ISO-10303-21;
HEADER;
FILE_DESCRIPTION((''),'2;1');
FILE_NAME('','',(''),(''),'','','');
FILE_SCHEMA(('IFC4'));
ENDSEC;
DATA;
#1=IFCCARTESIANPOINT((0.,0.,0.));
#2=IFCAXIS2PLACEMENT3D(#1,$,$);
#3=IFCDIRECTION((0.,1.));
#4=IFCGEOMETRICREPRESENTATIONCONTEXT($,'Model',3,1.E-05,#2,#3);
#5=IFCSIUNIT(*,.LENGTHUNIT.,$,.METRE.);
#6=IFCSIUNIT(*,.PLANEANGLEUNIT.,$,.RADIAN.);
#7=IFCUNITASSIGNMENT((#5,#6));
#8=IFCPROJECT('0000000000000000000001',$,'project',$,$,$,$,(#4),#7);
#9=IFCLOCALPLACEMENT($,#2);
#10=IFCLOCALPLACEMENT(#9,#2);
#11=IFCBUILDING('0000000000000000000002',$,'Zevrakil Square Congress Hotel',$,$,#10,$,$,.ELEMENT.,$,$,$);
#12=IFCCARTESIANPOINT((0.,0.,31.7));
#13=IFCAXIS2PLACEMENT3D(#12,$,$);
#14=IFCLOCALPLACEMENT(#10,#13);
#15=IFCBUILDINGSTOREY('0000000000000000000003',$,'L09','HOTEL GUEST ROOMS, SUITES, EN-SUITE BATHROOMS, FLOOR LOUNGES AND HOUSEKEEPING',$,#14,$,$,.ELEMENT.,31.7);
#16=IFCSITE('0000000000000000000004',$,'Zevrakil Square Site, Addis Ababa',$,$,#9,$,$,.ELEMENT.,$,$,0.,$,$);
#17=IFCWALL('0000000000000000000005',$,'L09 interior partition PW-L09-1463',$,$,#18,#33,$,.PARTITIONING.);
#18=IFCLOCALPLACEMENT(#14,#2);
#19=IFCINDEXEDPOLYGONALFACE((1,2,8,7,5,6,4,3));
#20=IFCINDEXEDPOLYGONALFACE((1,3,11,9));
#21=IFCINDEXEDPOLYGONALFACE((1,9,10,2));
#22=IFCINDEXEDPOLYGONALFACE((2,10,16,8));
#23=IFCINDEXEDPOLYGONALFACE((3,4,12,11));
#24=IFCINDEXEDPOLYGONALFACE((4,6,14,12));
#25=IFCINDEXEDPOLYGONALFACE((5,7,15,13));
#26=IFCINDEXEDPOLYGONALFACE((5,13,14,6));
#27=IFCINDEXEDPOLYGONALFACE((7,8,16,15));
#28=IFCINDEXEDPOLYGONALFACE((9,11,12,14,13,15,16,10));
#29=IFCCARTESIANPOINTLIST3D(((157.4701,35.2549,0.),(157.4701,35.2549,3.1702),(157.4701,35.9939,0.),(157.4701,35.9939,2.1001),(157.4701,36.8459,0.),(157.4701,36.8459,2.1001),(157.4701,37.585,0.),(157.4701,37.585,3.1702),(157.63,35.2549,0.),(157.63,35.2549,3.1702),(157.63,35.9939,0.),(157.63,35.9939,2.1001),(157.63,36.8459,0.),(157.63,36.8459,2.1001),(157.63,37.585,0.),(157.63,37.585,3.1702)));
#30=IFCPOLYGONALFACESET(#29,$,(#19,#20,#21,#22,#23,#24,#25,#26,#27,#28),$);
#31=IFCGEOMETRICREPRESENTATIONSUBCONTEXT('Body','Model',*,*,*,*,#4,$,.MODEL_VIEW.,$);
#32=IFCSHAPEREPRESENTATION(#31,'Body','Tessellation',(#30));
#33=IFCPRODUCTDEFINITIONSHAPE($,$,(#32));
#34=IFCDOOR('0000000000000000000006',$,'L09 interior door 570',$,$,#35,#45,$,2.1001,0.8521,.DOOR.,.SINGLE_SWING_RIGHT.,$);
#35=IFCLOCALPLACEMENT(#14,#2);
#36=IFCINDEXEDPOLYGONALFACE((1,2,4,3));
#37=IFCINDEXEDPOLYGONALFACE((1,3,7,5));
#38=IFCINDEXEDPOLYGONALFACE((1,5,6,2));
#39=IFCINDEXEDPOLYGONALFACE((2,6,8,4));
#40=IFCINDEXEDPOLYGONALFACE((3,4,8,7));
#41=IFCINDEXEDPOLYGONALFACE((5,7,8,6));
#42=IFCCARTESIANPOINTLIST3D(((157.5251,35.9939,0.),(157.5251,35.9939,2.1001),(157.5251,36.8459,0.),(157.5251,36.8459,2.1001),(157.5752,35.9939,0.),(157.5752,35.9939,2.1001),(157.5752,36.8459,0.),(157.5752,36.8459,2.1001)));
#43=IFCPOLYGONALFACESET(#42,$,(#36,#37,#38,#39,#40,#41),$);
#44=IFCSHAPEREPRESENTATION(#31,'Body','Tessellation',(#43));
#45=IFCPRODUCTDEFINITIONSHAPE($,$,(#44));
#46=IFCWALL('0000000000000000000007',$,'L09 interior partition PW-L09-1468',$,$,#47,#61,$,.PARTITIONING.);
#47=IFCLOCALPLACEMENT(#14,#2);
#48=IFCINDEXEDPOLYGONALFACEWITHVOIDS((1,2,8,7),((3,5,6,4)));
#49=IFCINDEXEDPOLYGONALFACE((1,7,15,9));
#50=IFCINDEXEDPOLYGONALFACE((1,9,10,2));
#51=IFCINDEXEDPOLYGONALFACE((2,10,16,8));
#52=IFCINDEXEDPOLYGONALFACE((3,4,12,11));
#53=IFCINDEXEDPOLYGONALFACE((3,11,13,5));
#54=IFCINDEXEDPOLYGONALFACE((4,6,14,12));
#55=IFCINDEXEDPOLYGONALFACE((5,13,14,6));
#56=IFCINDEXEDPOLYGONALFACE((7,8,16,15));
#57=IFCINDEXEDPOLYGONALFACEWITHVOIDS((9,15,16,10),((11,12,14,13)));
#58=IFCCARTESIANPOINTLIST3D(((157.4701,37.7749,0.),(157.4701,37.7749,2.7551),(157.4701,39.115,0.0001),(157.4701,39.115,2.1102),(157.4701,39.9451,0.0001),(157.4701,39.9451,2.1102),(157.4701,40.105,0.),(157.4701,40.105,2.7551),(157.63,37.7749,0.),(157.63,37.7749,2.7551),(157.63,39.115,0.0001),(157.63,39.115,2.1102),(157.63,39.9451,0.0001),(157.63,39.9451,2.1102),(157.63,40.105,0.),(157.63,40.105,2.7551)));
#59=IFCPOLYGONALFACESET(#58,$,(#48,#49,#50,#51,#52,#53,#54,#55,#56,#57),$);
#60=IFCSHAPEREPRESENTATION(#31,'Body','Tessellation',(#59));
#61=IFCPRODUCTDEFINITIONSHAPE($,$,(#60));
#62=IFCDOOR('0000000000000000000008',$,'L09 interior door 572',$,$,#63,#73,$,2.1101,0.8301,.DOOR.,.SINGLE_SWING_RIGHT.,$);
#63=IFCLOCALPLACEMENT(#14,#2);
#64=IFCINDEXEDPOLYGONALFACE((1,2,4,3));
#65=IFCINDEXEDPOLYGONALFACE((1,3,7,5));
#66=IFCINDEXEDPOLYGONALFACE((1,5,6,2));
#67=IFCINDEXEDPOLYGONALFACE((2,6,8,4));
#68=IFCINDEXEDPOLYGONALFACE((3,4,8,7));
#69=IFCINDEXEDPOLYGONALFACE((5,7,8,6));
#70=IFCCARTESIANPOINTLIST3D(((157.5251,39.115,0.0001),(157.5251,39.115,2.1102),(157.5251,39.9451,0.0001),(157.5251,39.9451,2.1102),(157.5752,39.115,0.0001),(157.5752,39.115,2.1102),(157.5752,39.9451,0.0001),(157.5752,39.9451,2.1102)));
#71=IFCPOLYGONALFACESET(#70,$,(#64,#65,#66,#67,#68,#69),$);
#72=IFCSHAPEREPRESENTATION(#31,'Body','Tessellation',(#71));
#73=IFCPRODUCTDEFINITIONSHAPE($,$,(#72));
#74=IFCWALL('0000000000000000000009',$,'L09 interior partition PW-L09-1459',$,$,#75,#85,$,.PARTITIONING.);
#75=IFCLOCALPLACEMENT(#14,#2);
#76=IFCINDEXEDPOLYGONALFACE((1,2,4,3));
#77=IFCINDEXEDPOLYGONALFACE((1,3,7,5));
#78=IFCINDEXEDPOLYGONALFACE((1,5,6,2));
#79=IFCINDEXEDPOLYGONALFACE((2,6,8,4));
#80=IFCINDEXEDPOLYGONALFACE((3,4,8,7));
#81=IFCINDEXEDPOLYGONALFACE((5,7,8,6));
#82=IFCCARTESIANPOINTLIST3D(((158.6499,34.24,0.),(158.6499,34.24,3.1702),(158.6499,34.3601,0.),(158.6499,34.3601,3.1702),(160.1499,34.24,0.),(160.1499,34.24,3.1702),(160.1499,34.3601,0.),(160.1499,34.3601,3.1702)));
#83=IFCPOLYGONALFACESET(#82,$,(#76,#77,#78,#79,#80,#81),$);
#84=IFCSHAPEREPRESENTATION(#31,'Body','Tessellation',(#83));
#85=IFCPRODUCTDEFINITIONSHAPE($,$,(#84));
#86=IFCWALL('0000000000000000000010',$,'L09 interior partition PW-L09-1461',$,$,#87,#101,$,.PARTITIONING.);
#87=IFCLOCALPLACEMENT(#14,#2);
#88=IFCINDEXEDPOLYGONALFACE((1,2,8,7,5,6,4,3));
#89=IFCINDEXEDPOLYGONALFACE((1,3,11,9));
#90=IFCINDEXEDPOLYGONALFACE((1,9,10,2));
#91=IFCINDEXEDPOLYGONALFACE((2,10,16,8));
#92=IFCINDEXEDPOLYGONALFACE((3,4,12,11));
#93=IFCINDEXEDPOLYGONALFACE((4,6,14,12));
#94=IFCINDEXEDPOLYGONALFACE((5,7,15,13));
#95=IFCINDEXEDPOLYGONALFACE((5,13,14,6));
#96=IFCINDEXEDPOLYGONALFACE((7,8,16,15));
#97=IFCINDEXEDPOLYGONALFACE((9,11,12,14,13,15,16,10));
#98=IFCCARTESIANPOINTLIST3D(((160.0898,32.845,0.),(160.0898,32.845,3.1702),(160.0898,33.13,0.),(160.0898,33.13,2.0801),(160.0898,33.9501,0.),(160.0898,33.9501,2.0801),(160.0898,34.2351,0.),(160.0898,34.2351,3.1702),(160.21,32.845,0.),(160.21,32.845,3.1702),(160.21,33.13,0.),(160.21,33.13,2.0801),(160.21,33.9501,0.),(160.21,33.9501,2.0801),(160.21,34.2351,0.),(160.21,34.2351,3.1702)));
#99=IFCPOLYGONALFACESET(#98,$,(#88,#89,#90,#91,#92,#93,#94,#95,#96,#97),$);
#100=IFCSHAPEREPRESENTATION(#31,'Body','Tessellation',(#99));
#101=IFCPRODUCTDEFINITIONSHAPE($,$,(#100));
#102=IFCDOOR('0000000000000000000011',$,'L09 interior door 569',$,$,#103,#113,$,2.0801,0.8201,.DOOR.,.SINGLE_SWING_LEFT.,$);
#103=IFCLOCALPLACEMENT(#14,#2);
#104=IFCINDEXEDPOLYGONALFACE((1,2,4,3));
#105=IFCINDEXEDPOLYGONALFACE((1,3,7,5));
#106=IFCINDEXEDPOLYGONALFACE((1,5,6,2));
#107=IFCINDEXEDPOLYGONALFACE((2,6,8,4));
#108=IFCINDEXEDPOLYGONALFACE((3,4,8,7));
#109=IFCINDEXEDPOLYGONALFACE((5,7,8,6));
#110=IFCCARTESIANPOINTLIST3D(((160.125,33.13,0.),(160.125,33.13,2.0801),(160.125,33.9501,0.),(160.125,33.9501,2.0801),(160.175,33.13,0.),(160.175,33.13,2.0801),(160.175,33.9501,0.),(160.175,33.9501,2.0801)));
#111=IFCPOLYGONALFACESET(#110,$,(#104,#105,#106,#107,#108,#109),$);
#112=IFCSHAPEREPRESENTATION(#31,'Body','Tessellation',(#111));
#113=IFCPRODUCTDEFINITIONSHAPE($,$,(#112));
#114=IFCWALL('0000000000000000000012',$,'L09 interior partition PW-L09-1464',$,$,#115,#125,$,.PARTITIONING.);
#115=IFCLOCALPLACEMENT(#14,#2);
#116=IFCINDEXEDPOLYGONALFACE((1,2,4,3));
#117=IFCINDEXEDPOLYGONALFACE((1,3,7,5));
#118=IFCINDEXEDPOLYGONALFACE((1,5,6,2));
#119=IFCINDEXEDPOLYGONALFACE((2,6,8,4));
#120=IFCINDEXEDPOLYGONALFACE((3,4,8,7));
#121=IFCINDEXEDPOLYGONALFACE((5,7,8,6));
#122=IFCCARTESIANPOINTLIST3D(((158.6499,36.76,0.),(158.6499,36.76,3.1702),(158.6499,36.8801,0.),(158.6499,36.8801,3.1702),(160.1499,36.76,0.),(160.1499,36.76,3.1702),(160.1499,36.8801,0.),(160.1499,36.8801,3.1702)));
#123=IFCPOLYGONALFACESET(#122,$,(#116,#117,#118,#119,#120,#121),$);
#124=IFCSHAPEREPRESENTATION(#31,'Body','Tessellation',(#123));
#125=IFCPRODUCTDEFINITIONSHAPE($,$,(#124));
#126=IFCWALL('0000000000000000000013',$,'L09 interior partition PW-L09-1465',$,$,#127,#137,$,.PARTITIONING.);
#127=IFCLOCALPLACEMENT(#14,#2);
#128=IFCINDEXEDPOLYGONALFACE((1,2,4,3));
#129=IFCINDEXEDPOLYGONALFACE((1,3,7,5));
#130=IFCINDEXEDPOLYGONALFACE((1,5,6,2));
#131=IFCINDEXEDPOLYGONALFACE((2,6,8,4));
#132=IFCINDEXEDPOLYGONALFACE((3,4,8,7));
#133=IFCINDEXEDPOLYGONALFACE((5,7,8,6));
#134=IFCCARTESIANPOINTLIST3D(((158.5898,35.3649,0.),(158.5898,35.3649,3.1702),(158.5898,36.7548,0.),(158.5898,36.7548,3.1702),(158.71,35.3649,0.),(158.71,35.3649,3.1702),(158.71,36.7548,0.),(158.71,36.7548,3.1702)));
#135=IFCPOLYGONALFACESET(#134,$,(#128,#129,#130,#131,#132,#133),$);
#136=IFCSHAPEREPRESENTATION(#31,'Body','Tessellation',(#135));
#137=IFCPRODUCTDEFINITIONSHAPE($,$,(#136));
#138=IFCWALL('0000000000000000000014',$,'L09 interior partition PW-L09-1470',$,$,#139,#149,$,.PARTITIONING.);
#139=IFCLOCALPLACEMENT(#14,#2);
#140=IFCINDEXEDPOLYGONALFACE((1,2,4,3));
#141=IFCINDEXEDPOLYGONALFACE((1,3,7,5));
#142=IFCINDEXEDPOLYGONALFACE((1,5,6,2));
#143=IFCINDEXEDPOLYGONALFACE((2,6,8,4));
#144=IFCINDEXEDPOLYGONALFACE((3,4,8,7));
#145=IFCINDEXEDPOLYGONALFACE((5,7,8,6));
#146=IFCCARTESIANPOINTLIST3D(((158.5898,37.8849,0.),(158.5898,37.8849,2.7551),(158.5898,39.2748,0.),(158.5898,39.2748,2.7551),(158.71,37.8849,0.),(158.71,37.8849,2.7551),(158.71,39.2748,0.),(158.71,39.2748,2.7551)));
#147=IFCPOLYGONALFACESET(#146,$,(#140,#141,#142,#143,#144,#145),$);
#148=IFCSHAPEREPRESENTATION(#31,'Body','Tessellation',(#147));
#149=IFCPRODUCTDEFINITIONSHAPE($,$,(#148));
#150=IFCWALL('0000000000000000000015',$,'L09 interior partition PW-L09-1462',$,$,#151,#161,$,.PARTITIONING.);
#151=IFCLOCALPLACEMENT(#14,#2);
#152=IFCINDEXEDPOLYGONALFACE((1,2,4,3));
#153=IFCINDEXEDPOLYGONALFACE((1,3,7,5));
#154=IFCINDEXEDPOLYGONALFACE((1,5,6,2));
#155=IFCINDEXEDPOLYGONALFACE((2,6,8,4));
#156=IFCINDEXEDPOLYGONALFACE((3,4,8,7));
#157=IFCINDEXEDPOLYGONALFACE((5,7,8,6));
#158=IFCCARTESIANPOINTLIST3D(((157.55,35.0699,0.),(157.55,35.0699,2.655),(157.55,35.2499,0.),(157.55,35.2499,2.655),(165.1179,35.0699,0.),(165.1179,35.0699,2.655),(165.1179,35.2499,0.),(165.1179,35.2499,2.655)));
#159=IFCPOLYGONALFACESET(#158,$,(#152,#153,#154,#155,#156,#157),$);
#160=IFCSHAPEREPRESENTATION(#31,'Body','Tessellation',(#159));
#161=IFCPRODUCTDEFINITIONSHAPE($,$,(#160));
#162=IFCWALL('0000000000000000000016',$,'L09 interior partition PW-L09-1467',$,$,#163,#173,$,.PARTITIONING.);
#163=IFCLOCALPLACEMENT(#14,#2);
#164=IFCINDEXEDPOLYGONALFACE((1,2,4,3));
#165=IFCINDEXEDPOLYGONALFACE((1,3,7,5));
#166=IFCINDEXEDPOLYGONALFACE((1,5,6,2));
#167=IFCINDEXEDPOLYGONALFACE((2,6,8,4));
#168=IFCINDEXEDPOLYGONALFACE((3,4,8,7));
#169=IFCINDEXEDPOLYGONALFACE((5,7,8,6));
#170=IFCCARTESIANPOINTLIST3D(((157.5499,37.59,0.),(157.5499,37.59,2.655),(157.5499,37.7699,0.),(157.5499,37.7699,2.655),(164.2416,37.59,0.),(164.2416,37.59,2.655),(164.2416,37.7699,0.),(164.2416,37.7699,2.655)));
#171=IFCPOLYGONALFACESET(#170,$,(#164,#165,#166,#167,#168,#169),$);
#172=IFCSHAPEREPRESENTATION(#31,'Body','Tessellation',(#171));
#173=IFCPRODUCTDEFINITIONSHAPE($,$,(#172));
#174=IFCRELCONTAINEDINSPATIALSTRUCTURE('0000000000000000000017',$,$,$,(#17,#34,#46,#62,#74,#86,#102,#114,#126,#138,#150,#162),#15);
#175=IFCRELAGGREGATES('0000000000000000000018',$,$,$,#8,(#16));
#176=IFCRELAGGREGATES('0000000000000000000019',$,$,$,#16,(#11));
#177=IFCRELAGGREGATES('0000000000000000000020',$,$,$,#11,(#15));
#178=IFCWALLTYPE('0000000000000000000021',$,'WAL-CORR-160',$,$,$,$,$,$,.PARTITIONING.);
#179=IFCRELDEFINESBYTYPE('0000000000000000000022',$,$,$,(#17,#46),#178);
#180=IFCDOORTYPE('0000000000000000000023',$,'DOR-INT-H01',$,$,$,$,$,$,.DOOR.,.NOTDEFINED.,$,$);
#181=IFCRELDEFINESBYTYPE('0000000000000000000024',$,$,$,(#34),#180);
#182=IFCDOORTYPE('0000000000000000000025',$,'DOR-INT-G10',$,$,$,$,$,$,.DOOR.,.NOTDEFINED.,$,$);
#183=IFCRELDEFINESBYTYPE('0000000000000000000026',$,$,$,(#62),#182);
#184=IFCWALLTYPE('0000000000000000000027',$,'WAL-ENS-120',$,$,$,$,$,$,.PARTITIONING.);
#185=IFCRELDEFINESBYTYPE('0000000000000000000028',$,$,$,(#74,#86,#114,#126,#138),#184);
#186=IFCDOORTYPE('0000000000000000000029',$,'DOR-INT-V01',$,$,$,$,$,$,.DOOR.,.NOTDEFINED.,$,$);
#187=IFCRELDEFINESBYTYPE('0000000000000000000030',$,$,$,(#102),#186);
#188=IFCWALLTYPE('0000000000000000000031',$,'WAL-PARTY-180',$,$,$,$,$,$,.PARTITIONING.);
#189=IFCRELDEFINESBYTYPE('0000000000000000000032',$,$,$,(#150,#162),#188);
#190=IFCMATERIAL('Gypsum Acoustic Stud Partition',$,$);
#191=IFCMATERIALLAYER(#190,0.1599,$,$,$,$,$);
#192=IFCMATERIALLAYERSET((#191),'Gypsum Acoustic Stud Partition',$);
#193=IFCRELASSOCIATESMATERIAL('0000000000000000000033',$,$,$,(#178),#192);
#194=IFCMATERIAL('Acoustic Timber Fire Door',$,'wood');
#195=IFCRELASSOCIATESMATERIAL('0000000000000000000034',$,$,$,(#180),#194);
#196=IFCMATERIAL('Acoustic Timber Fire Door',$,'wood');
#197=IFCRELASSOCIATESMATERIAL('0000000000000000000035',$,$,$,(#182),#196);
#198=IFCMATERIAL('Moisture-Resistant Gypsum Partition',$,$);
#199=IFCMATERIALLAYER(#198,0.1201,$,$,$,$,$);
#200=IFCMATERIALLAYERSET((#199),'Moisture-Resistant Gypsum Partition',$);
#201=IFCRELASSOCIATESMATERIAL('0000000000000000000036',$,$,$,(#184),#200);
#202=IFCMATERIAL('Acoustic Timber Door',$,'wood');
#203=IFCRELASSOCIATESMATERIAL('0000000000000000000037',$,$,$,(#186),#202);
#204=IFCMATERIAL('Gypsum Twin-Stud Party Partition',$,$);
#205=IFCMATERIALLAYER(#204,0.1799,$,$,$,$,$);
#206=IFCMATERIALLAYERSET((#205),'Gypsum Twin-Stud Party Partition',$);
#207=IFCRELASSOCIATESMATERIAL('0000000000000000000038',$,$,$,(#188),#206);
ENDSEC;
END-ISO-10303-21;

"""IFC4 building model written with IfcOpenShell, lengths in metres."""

from ifc_helpers import new_model, si_unit, direction, frame, frame_2d, origin, place, context, subcontext, project, spatial, rectangle, extrude, material, layer, layer_set, type_object, element, fill, save


model = new_model("IFC4")

# Units and contexts
model_context = context("Model", 3, precision=1e-05, world=origin(), true_north=direction((0.0, 1.0)))
body_context = subcontext(model_context, "Body", "Model", "MODEL_VIEW")
ifc_project = project(units=[si_unit("LENGTHUNIT", "METRE"), si_unit("PLANEANGLEUNIT", "RADIAN")], contexts=[model_context])

# Site, building, storey
site_placement = place(None, origin())
site = spatial("IfcSite", under=ifc_project, at=site_placement, Name="Zevrakil Square Site, Addis Ababa", CompositionType="ELEMENT", RefElevation=0.0)
building_placement = place(site_placement, origin())
building = spatial("IfcBuilding", under=site, at=building_placement, Name="Zevrakil Square Congress Hotel", CompositionType="ELEMENT")
storey_placement = place(building_placement, frame((0.0, 0.0, 31.7)))
storey = spatial("IfcBuildingStorey", under=building, at=storey_placement, Name="L09", Description="HOTEL GUEST ROOMS, SUITES, EN-SUITE BATHROOMS, FLOOR LOUNGES AND HOUSEKEEPING", CompositionType="ELEMENT", Elevation=31.7)

# Walls, openings, doors
ifc_material_1 = material(Name="Gypsum Acoustic Stud Partition")
ifc_layer_1 = layer(ifc_material_1, 0.1599)
ifc_layer_set_1 = layer_set([ifc_layer_1], Name="Gypsum Acoustic Stud Partition")
wall_type_1 = type_object("IfcWallType", Name="WAL-CORR-160", PredefinedType="PARTITIONING", material=ifc_layer_set_1)
wall_1_placement = place(storey_placement, frame((157.55, 35.2549, 0.0), z_axis=(0.0, 0.0, 1.0), x_axis=(0.0, 1.0, 0.0)))
wall_1 = element("IfcWall", 1, at=wall_1_placement, inside=storey, type_object=wall_type_1, Name="L09 interior partition PW-L09-1463", PredefinedType="PARTITIONING", context=body_context, shape_type="SweptSolid", body=[
    extrude(rectangle(XDim=2.3301, YDim=0.1599, at=frame_2d((1.165, 0.0))), origin(), (0.0, 0.0, 1.0), 3.1702),
])
opening_1_placement = place(wall_1_placement, frame((0.739, 0.0, 0.0)))
opening_1 = element("IfcOpeningElement", 2, at=opening_1_placement, cuts=wall_1, PredefinedType="OPENING", context=body_context, shape_type="SweptSolid", body=[
    extrude(rectangle(XDim=0.8521, YDim=2.1001, at=frame_2d((0.426, 1.05))), frame((0.0, 0.0898, 0.0), z_axis=(0.0, -1.0, 0.0), x_axis=(1.0, 0.0, 0.0)), (0.0, 0.0, 1.0), 0.1799),
])
ifc_material_2 = material(Name="Acoustic Timber Fire Door", Category="wood")
door_type_1 = type_object("IfcDoorType", Name="DOR-INT-H01", OperationType="NOTDEFINED", PredefinedType="DOOR", material=ifc_material_2)
door_1_placement = place(opening_1_placement, origin())
door_1 = element("IfcDoor", 3, at=door_1_placement, inside=storey, type_object=door_type_1, Name="L09 interior door 570", OperationType="SINGLE_SWING_RIGHT", OverallHeight=2.1001, OverallWidth=0.8521, PredefinedType="DOOR", context=body_context, shape_type="SweptSolid", body=[
    extrude(rectangle(XDim=0.8521, YDim=2.1001, at=frame_2d((0.426, 1.05))), frame((0.0, 0.0249, 0.0), z_axis=(0.0, -1.0, 0.0), x_axis=(1.0, 0.0, 0.0)), (0.0, 0.0, 1.0), 0.05),
])
fill(opening_1, door_1)
wall_2_placement = place(storey_placement, frame((157.55, 37.7749, 0.0), z_axis=(0.0, 0.0, 1.0), x_axis=(0.0, 1.0, 0.0)))
wall_2 = element("IfcWall", 4, at=wall_2_placement, inside=storey, type_object=wall_type_1, Name="L09 interior partition PW-L09-1468", PredefinedType="PARTITIONING", context=body_context, shape_type="SweptSolid", body=[
    extrude(rectangle(XDim=2.3301, YDim=0.1599, at=frame_2d((1.165, 0.0))), origin(), (0.0, 0.0, 1.0), 2.7551),
])
opening_2_placement = place(wall_2_placement, frame((1.3401, 0.0, 0.0)))
opening_2 = element("IfcOpeningElement", 5, at=opening_2_placement, cuts=wall_2, PredefinedType="OPENING", context=body_context, shape_type="SweptSolid", body=[
    extrude(rectangle(XDim=0.8301, YDim=2.1101, at=frame_2d((0.415, 1.0552))), frame((0.0, 0.0898, 0.0), z_axis=(0.0, -1.0, 0.0), x_axis=(1.0, 0.0, 0.0)), (0.0, 0.0, 1.0), 0.1799),
])
ifc_material_3 = material(Name="Acoustic Timber Fire Door", Category="wood")
door_type_2 = type_object("IfcDoorType", Name="DOR-INT-G10", OperationType="NOTDEFINED", PredefinedType="DOOR", material=ifc_material_3)
door_2_placement = place(opening_2_placement, origin())
door_2 = element("IfcDoor", 6, at=door_2_placement, inside=storey, type_object=door_type_2, Name="L09 interior door 572", OperationType="SINGLE_SWING_RIGHT", OverallHeight=2.1101, OverallWidth=0.8301, PredefinedType="DOOR", context=body_context, shape_type="SweptSolid", body=[
    extrude(rectangle(XDim=0.8301, YDim=2.1101, at=frame_2d((0.415, 1.0552))), frame((0.0, 0.0249, 0.0), z_axis=(0.0, -1.0, 0.0), x_axis=(1.0, 0.0, 0.0)), (0.0, 0.0, 1.0), 0.05),
])
fill(opening_2, door_2)

# Wall
ifc_material_4 = material(Name="Moisture-Resistant Gypsum Partition")
ifc_layer_2 = layer(ifc_material_4, 0.1201)
ifc_layer_set_2 = layer_set([ifc_layer_2], Name="Moisture-Resistant Gypsum Partition")
wall_type_2 = type_object("IfcWallType", Name="WAL-ENS-120", PredefinedType="PARTITIONING", material=ifc_layer_set_2)
wall_3_placement = place(storey_placement, frame((158.6499, 34.3, 0.0), z_axis=(0.0, 0.0, 1.0), x_axis=(1.0, 0.0, 0.0)))
element("IfcWall", 7, at=wall_3_placement, inside=storey, type_object=wall_type_2, Name="L09 interior partition PW-L09-1459", PredefinedType="PARTITIONING", context=body_context, shape_type="SweptSolid", body=[
    extrude(rectangle(XDim=1.5, YDim=0.1201, at=frame_2d((0.75, 0.0))), origin(), (0.0, 0.0, 1.0), 3.1702),
])

# Wall, opening, door
wall_4_placement = place(storey_placement, frame((160.1499, 32.845, 0.0), z_axis=(0.0, 0.0, 1.0), x_axis=(0.0, 1.0, 0.0)))
wall_4 = element("IfcWall", 8, at=wall_4_placement, inside=storey, type_object=wall_type_2, Name="L09 interior partition PW-L09-1461", PredefinedType="PARTITIONING", context=body_context, shape_type="SweptSolid", body=[
    extrude(rectangle(XDim=1.3901, YDim=0.1201, at=frame_2d((0.6951, 0.0))), origin(), (0.0, 0.0, 1.0), 3.1702),
])
opening_3_placement = place(wall_4_placement, frame((0.2849, 0.0, 0.0)))
opening_3 = element("IfcOpeningElement", 9, at=opening_3_placement, cuts=wall_4, PredefinedType="OPENING", context=body_context, shape_type="SweptSolid", body=[
    extrude(rectangle(XDim=0.8201, YDim=2.0801, at=frame_2d((0.4102, 1.04))), frame((0.0, 0.0701, 0.0), z_axis=(0.0, -1.0, 0.0), x_axis=(1.0, 0.0, 0.0)), (0.0, 0.0, 1.0), 0.1401),
])
ifc_material_5 = material(Name="Acoustic Timber Door", Category="wood")
door_type_3 = type_object("IfcDoorType", Name="DOR-INT-V01", OperationType="NOTDEFINED", PredefinedType="DOOR", material=ifc_material_5)
door_3_placement = place(opening_3_placement, origin())
door_3 = element("IfcDoor", 10, at=door_3_placement, inside=storey, type_object=door_type_3, Name="L09 interior door 569", OperationType="SINGLE_SWING_LEFT", OverallHeight=2.0801, OverallWidth=0.8201, PredefinedType="DOOR", context=body_context, shape_type="SweptSolid", body=[
    extrude(rectangle(XDim=0.8201, YDim=2.0801, at=frame_2d((0.4102, 1.04))), frame((0.0, 0.0249, 0.0), z_axis=(0.0, -1.0, 0.0), x_axis=(1.0, 0.0, 0.0)), (0.0, 0.0, 1.0), 0.05),
])
fill(opening_3, door_3)

# Walls
wall_5_placement = place(storey_placement, frame((158.6499, 36.8201, 0.0), z_axis=(0.0, 0.0, 1.0), x_axis=(1.0, 0.0, 0.0)))
element("IfcWall", 11, at=wall_5_placement, inside=storey, type_object=wall_type_2, Name="L09 interior partition PW-L09-1464", PredefinedType="PARTITIONING", context=body_context, shape_type="SweptSolid", body=[
    extrude(rectangle(XDim=1.5, YDim=0.1201, at=frame_2d((0.75, 0.0))), origin(), (0.0, 0.0, 1.0), 3.1702),
])
wall_6_placement = place(storey_placement, frame((158.6499, 35.365, 0.0), z_axis=(0.0, 0.0, 1.0), x_axis=(0.0, 1.0, 0.0)))
element("IfcWall", 12, at=wall_6_placement, inside=storey, type_object=wall_type_2, Name="L09 interior partition PW-L09-1465", PredefinedType="PARTITIONING", context=body_context, shape_type="SweptSolid", body=[
    extrude(rectangle(XDim=1.3899, YDim=0.1201, at=frame_2d((0.6948, 0.0))), origin(), (0.0, 0.0, 1.0), 3.1702),
])
wall_7_placement = place(storey_placement, frame((158.6499, 37.885, 0.0), z_axis=(0.0, 0.0, 1.0), x_axis=(0.0, 1.0, 0.0)))
element("IfcWall", 13, at=wall_7_placement, inside=storey, type_object=wall_type_2, Name="L09 interior partition PW-L09-1470", PredefinedType="PARTITIONING", context=body_context, shape_type="SweptSolid", body=[
    extrude(rectangle(XDim=1.3899, YDim=0.1201, at=frame_2d((0.6948, 0.0))), origin(), (0.0, 0.0, 1.0), 2.7551),
])
ifc_material_6 = material(Name="Gypsum Twin-Stud Party Partition")
ifc_layer_3 = layer(ifc_material_6, 0.1799)
ifc_layer_set_3 = layer_set([ifc_layer_3], Name="Gypsum Twin-Stud Party Partition")
wall_type_3 = type_object("IfcWallType", Name="WAL-PARTY-180", PredefinedType="PARTITIONING", material=ifc_layer_set_3)
wall_8_placement = place(storey_placement, frame((157.55, 35.1599, 0.0), z_axis=(0.0, 0.0, 1.0), x_axis=(1.0, 0.0, 0.0)))
element("IfcWall", 14, at=wall_8_placement, inside=storey, type_object=wall_type_3, Name="L09 interior partition PW-L09-1462", PredefinedType="PARTITIONING", context=body_context, shape_type="SweptSolid", body=[
    extrude(rectangle(XDim=7.5679, YDim=0.1799, at=frame_2d((3.7839, 0.0))), origin(), (0.0, 0.0, 1.0), 2.655),
])
wall_9_placement = place(storey_placement, frame((157.55, 37.6799, 0.0), z_axis=(0.0, 0.0, 1.0), x_axis=(1.0, 0.0, 0.0)))
element("IfcWall", 15, at=wall_9_placement, inside=storey, type_object=wall_type_3, Name="L09 interior partition PW-L09-1467", PredefinedType="PARTITIONING", context=body_context, shape_type="SweptSolid", body=[
    extrude(rectangle(XDim=6.6917, YDim=0.1799, at=frame_2d((3.3457, 0.0))), origin(), (0.0, 0.0, 1.0), 2.655),
])

save(model, "model.ifc")
